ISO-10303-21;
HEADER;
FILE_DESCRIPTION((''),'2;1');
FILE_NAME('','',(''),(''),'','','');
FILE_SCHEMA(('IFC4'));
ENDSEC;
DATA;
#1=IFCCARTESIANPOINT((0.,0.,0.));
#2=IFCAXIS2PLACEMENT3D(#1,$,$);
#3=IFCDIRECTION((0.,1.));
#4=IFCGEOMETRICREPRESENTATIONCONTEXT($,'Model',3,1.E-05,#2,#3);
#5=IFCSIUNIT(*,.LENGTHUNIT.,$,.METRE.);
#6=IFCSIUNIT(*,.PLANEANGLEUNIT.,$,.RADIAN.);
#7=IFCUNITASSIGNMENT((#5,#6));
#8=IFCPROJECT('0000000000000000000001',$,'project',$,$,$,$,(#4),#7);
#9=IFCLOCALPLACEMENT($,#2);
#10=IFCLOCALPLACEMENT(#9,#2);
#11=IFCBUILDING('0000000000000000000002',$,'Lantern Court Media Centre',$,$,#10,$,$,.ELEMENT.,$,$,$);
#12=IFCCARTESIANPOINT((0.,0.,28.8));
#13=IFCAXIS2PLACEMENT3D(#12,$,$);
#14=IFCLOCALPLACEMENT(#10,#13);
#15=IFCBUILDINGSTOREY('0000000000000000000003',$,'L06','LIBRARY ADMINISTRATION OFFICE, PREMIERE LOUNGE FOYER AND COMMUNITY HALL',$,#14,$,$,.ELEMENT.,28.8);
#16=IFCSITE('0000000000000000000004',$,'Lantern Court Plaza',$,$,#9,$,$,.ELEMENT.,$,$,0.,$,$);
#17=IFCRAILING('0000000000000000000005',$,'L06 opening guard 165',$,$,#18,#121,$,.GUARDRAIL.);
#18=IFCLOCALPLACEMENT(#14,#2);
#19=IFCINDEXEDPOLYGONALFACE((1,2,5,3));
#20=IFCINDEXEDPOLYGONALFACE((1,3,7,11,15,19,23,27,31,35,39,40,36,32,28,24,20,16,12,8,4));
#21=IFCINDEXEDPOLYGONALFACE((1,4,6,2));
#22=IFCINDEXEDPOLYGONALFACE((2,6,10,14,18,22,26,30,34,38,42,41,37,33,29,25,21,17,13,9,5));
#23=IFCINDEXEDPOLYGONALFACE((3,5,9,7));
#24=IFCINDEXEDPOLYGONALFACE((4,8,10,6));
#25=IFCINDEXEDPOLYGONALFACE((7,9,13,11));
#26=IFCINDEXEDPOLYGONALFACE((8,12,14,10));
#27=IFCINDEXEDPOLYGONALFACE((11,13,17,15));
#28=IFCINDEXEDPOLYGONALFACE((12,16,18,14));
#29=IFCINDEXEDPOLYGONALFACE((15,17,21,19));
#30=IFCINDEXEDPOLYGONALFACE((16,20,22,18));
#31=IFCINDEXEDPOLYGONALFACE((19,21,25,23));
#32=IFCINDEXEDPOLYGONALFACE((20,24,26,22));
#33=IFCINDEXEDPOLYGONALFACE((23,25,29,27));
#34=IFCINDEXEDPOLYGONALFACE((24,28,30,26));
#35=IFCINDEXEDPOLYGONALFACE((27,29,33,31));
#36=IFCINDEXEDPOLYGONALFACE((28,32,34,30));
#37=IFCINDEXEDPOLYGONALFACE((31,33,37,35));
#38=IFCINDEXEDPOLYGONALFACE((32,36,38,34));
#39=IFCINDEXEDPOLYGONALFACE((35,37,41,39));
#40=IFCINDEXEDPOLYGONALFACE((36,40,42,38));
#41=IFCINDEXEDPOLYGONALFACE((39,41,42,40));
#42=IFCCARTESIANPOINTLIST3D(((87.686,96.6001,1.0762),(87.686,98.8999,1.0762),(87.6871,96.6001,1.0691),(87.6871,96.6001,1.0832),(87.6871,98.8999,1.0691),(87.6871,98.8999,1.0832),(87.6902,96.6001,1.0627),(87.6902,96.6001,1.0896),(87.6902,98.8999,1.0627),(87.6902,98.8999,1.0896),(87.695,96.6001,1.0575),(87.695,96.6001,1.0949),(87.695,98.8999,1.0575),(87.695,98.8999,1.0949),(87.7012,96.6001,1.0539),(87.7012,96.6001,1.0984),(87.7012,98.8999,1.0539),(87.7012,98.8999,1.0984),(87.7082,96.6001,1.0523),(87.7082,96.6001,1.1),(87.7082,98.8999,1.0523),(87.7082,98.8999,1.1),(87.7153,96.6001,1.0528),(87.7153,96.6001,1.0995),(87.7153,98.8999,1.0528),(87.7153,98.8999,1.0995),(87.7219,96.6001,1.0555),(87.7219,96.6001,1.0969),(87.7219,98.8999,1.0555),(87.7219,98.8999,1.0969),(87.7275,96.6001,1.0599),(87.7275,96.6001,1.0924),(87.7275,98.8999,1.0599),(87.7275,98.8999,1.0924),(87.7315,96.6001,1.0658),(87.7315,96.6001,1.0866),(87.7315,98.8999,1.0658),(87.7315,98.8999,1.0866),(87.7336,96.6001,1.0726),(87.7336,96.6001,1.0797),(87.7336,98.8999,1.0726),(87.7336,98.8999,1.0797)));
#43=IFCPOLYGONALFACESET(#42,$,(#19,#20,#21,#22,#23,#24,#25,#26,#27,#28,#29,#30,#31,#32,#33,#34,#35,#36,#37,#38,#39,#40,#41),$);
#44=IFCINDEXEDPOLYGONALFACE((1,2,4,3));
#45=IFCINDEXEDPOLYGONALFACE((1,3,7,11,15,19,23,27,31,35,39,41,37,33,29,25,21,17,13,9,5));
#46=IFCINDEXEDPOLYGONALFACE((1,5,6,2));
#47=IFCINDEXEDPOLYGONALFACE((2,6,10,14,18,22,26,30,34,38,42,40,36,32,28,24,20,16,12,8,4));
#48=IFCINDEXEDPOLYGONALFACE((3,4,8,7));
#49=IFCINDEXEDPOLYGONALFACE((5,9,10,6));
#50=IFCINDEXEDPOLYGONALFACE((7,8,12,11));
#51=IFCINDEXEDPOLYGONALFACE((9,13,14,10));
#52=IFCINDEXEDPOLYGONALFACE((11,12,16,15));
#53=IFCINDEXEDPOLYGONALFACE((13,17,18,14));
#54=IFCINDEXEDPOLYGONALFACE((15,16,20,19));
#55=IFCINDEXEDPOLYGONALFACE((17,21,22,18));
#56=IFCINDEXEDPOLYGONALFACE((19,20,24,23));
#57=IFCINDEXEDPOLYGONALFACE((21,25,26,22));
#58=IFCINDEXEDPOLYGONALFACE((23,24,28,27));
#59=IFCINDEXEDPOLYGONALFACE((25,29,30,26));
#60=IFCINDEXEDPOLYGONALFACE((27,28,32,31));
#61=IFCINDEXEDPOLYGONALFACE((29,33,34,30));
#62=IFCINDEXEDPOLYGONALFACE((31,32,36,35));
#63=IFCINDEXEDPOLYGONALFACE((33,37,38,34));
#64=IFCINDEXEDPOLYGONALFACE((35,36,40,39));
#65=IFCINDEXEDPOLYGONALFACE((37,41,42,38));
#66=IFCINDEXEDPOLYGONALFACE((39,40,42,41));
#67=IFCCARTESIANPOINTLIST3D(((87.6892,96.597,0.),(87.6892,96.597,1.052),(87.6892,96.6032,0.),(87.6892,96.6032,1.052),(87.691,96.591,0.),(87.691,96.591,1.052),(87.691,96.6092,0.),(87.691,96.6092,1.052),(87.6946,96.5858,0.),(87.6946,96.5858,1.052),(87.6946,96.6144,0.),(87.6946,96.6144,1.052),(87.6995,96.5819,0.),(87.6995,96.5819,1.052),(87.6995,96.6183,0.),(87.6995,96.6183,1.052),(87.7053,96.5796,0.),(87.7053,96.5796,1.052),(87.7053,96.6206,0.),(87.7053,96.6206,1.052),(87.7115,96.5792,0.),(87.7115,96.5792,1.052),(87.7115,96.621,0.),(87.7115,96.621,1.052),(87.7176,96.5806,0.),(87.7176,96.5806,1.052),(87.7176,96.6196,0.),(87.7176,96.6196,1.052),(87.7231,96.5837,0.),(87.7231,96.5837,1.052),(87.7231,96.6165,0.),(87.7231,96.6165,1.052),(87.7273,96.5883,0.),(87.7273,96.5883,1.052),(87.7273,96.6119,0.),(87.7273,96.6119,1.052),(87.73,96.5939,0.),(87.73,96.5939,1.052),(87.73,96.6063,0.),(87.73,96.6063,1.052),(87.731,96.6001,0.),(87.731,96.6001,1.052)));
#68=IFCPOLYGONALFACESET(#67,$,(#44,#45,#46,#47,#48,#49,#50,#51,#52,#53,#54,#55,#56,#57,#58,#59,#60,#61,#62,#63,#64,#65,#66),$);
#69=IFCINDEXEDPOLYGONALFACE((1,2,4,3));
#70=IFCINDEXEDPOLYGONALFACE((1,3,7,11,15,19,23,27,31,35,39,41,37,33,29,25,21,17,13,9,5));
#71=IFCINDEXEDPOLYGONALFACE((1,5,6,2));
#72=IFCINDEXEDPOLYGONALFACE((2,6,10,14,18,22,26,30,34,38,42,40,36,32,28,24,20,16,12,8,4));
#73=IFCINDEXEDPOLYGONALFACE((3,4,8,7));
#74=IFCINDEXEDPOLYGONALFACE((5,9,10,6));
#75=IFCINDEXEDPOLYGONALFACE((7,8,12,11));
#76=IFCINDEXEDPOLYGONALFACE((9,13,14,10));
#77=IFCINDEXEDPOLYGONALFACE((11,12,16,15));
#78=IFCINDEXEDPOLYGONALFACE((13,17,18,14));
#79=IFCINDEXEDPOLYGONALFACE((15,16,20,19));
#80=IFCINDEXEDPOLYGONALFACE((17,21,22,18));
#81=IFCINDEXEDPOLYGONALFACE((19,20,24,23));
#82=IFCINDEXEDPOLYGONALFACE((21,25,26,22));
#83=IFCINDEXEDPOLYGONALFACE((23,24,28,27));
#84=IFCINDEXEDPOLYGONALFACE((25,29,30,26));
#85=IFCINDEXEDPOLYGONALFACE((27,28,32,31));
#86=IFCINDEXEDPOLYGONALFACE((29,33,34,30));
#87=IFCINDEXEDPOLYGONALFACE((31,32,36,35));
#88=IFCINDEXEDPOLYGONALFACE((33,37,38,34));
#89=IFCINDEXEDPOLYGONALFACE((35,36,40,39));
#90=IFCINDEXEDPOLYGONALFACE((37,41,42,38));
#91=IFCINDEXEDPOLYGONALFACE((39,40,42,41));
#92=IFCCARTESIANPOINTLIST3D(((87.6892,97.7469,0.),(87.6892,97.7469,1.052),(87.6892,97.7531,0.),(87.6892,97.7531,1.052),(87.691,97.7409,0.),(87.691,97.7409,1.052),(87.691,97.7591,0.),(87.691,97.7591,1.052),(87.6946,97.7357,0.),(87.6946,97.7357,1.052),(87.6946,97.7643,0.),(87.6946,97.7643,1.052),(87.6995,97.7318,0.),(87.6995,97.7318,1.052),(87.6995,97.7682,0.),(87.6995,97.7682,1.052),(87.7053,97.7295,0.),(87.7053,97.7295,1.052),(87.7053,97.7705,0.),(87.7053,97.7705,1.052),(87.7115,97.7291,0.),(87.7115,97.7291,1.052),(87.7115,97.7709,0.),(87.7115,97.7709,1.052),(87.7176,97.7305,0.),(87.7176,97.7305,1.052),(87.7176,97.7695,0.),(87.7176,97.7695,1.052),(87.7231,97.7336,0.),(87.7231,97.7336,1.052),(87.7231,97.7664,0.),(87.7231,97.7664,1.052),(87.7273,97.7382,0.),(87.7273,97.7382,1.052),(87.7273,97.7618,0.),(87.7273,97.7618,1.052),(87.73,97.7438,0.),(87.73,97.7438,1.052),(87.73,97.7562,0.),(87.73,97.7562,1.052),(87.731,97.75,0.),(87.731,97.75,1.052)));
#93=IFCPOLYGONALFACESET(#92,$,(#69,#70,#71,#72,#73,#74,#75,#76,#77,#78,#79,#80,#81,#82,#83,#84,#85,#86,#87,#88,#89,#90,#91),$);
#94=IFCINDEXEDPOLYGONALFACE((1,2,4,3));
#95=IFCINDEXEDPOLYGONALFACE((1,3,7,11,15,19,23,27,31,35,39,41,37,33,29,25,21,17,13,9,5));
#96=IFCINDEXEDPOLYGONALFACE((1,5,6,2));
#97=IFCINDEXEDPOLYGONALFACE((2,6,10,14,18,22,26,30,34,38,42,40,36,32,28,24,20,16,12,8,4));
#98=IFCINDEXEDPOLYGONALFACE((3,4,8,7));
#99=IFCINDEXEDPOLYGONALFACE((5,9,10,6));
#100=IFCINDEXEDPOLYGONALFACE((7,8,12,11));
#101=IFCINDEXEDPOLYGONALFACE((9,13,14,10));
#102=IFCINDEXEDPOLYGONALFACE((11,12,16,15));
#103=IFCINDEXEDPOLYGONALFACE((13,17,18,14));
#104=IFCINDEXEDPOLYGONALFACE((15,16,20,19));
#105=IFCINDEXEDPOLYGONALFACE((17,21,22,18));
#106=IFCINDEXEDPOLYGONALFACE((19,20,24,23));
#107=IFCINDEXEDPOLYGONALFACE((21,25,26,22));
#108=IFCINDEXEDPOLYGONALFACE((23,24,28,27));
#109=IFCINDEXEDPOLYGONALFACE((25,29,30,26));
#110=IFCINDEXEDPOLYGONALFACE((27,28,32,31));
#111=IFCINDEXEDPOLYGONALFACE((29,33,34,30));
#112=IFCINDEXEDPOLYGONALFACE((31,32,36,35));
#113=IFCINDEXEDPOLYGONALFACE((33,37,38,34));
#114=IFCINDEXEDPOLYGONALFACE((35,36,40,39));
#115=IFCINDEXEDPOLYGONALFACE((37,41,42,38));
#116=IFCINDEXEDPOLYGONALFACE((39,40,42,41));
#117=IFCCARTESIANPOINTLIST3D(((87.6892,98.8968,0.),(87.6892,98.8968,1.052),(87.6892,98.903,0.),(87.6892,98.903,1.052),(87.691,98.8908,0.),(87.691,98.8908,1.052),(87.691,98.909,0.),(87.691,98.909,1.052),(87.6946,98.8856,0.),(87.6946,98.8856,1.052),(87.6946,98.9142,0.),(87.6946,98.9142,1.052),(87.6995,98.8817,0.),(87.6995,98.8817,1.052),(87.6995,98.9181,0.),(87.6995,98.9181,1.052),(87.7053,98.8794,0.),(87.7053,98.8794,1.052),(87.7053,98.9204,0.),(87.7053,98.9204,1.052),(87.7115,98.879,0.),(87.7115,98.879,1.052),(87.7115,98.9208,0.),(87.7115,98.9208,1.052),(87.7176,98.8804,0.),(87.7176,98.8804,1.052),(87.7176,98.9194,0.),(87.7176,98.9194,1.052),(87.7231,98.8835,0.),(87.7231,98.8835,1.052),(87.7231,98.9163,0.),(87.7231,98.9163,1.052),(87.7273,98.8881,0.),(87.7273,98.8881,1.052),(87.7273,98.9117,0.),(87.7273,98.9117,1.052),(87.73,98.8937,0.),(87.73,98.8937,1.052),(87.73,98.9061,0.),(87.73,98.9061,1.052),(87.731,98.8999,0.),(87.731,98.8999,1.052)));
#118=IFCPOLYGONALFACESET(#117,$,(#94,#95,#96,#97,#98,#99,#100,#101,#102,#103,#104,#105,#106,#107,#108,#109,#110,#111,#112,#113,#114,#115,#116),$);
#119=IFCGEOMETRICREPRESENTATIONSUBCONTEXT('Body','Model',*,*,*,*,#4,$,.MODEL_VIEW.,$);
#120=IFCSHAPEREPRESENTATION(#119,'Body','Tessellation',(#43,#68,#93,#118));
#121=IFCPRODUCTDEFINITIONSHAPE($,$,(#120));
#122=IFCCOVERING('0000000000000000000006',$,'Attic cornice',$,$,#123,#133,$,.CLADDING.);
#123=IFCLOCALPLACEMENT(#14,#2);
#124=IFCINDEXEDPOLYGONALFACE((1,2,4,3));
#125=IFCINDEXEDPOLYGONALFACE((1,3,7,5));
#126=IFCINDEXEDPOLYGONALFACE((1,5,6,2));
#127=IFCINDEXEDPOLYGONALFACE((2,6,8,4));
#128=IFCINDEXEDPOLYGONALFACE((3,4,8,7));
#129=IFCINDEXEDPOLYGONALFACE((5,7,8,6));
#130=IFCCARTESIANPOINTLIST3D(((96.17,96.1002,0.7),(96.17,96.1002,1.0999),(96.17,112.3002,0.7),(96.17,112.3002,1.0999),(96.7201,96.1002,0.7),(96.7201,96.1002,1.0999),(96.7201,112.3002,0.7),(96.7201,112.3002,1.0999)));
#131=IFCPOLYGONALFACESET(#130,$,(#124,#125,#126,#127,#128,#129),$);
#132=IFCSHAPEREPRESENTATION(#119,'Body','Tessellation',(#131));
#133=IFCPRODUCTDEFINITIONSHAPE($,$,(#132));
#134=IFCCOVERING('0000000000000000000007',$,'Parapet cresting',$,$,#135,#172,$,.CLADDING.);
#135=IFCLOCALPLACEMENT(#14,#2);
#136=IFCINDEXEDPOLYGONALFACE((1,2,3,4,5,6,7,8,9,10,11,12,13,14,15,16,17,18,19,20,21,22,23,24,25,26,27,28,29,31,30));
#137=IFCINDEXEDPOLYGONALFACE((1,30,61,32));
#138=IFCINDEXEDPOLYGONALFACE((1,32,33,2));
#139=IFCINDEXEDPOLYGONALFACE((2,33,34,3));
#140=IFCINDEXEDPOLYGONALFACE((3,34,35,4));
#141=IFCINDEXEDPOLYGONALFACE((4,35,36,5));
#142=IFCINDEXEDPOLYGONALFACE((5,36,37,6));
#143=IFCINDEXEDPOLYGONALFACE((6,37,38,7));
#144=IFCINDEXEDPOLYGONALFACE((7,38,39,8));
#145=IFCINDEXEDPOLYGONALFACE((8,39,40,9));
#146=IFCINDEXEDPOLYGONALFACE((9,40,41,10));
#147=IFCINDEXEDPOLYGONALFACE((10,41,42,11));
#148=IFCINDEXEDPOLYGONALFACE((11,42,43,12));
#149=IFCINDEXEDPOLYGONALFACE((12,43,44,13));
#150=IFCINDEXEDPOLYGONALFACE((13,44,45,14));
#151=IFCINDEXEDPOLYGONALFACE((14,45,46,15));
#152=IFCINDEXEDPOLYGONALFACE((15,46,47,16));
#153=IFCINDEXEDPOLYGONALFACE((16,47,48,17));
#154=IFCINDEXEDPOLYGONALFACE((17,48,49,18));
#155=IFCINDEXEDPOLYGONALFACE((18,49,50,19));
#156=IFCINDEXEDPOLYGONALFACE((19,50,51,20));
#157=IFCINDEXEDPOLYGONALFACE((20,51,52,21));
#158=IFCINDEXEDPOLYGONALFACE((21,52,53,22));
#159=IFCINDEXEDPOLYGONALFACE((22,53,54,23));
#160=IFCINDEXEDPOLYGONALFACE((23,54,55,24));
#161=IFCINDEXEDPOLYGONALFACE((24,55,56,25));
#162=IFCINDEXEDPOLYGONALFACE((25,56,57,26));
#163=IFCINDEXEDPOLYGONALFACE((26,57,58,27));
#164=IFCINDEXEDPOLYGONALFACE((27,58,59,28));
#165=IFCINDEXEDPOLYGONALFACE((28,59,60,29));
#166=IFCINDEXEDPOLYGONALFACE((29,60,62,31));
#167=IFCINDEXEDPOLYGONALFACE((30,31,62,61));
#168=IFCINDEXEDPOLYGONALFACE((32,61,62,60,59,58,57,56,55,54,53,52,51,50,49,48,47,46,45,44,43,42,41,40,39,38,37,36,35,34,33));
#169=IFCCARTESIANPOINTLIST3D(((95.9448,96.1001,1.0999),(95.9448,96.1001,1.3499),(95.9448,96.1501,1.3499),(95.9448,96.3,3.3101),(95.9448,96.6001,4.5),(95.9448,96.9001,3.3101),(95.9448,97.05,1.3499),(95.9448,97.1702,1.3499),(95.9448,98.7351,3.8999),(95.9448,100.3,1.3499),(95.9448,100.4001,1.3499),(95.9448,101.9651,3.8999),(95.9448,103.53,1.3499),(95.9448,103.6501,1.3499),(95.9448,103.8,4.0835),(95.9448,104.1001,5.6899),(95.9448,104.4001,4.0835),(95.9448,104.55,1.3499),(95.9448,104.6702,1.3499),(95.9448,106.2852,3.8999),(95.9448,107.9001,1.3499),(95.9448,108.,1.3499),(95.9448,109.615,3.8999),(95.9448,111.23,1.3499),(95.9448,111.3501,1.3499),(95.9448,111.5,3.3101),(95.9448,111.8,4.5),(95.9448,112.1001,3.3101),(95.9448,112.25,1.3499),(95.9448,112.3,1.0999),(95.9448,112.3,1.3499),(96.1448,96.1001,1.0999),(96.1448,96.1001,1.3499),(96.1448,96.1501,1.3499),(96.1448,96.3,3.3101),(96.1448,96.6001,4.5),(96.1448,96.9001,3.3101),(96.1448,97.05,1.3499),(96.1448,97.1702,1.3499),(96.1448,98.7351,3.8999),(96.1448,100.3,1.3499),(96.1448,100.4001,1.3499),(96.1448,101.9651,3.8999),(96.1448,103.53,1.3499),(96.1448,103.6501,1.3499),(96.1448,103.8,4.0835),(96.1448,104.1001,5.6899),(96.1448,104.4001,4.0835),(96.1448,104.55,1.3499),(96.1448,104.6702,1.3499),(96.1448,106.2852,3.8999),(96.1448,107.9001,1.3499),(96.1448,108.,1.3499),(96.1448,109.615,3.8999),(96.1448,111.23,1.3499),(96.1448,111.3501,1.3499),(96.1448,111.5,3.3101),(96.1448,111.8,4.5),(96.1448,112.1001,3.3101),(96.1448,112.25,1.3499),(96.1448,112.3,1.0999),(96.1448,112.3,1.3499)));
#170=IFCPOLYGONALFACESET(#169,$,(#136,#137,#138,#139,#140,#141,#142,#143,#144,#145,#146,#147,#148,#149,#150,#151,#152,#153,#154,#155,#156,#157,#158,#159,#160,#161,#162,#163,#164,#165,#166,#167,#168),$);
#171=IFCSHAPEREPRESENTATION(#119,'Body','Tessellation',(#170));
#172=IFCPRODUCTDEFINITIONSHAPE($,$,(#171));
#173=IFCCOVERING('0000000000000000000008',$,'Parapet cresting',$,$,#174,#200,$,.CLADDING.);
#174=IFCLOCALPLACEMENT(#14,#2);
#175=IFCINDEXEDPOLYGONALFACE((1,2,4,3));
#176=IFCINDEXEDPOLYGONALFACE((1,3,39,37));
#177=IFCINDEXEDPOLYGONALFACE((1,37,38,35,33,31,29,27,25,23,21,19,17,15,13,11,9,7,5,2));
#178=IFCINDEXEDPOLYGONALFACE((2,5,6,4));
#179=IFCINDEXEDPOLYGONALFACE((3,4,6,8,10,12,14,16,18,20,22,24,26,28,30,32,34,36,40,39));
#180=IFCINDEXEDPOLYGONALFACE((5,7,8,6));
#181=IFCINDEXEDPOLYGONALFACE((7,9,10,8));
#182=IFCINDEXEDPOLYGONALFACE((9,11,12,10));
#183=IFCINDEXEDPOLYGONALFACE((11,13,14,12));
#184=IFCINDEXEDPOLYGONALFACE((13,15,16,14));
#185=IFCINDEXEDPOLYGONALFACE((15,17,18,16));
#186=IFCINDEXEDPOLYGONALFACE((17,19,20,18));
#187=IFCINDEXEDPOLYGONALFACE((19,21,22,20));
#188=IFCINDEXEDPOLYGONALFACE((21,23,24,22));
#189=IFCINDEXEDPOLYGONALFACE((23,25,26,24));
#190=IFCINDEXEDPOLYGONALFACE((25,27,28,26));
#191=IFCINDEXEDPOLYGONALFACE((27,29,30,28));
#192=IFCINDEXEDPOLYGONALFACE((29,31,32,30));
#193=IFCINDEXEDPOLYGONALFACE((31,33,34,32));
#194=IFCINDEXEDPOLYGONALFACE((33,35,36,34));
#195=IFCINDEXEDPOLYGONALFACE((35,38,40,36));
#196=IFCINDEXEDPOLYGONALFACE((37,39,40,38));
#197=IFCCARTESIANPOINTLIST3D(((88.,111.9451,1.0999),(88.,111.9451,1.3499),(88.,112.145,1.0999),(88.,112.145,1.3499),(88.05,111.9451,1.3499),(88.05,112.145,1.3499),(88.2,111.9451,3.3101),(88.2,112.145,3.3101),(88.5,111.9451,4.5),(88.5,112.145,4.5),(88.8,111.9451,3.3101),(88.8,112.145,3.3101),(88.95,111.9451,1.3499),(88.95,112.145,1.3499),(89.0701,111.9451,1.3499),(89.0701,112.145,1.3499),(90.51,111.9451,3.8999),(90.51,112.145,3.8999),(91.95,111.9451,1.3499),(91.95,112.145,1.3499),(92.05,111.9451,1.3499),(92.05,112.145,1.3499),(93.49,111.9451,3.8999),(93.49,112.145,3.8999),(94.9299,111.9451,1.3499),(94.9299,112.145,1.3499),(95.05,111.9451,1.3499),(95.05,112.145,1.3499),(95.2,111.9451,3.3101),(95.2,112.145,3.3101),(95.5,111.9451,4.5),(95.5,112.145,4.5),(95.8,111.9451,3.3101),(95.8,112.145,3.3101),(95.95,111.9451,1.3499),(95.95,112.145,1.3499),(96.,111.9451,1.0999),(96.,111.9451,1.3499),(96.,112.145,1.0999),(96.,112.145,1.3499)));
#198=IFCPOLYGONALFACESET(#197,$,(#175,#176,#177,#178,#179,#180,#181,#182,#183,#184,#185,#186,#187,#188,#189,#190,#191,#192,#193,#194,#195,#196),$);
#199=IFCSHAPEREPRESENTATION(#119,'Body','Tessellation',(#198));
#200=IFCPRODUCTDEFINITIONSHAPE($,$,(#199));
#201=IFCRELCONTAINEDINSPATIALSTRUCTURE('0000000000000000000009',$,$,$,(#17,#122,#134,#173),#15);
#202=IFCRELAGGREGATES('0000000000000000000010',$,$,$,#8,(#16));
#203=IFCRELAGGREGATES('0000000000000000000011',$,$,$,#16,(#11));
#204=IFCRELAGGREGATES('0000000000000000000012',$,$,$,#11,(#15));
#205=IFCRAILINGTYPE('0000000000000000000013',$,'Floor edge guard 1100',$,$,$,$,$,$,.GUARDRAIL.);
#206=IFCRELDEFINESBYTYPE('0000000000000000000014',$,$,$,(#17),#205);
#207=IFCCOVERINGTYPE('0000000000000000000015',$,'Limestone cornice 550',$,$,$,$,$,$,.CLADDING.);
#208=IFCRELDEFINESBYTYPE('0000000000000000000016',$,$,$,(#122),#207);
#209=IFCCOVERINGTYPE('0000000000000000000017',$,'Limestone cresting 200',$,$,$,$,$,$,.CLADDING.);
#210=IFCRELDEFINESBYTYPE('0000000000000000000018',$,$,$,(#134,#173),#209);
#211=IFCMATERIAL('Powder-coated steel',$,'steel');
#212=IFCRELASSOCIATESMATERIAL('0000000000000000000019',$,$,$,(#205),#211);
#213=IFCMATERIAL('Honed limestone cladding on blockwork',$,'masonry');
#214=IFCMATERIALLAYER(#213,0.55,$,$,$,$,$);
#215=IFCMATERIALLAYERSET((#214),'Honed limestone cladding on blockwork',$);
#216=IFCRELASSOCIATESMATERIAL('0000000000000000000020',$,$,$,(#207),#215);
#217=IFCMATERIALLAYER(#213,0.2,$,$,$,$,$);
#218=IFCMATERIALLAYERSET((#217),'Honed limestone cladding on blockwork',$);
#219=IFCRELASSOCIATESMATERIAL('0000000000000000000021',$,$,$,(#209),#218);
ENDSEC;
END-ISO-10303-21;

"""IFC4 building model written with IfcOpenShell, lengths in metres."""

from ifc_helpers import new_model, si_unit, direction, frame, frame_2d, origin, origin_2d, place, context, subcontext, project, spatial, polyline, rectangle, circle, outline, extrude, material, layer, layer_set, type_object, element, save


model = new_model("IFC4")

# Units and contexts
model_context = context("Model", 3, precision=1e-05, world=origin(), true_north=direction((0.0, 1.0)))
body_context = subcontext(model_context, "Body", "Model", "MODEL_VIEW")
ifc_project = project(units=[si_unit("LENGTHUNIT", "METRE"), si_unit("PLANEANGLEUNIT", "RADIAN")], contexts=[model_context])

# Site, building, storey
site_placement = place(None, origin())
site = spatial("IfcSite", under=ifc_project, at=site_placement, Name="Lantern Court Plaza", CompositionType="ELEMENT", RefElevation=0.0)
building_placement = place(site_placement, origin())
building = spatial("IfcBuilding", under=site, at=building_placement, Name="Lantern Court Media Centre", CompositionType="ELEMENT")
storey_placement = place(building_placement, frame((0.0, 0.0, 28.8)))
storey = spatial("IfcBuildingStorey", under=building, at=storey_placement, Name="L06", Description="LIBRARY ADMINISTRATION OFFICE, PREMIERE LOUNGE FOYER AND COMMUNITY HALL", CompositionType="ELEMENT", Elevation=28.8)

# Shared definitions
ifc_material_1 = material(Name="Honed limestone cladding on blockwork", Category="masonry")

# Railing
ifc_material_2 = material(Name="Powder-coated steel", Category="steel")
railing_type = type_object("IfcRailingType", Name="Floor edge guard 1100", PredefinedType="GUARDRAIL", material=ifc_material_2)
railing_1_placement = place(storey_placement, frame((87.71, 96.6001, 0.0)))
element("IfcRailing", 1, at=railing_1_placement, inside=storey, type_object=railing_type, Name="L06 opening guard 165", PredefinedType="GUARDRAIL", context=body_context, shape_type="SweptSolid", body=[
    extrude(circle(Radius=0.0239, at=origin_2d()), frame((0.0, 0.0, 1.0762), z_axis=(0.0, 1.0, 0.0), x_axis=(-1.0, 0.0, 0.0)), (0.0, 0.0, 1.0), 2.2998),
    extrude(circle(Radius=0.021, at=origin_2d()), origin(), (0.0, 0.0, 1.0), 1.052),
    extrude(circle(Radius=0.021, at=origin_2d()), frame((0.0, 1.1499, 0.0)), (0.0, 0.0, 1.0), 1.052),
    extrude(circle(Radius=0.021, at=origin_2d()), frame((0.0, 2.2998, 0.0)), (0.0, 0.0, 1.0), 1.052),
])

# Coverings
ifc_layer_1 = layer(ifc_material_1, 0.55)
ifc_layer_set_1 = layer_set([ifc_layer_1], Name="Honed limestone cladding on blockwork")
covering_type_1 = type_object("IfcCoveringType", Name="Limestone cornice 550", PredefinedType="CLADDING", material=ifc_layer_set_1)
covering_1_placement = place(storey_placement, frame((96.4451, 96.1001, 0.7), z_axis=(0.0, 0.0, 1.0), x_axis=(0.0, 1.0, 0.0)))
element("IfcCovering", 2, at=covering_1_placement, inside=storey, type_object=covering_type_1, Name="Attic cornice", PredefinedType="CLADDING", context=body_context, shape_type="SweptSolid", body=[
    extrude(rectangle(XDim=16.2, YDim=0.55, at=frame_2d((8.1001, 0.0))), origin(), (0.0, 0.0, 1.0), 0.3999),
])
ifc_layer_2 = layer(ifc_material_1, 0.2)
ifc_layer_set_2 = layer_set([ifc_layer_2], Name="Honed limestone cladding on blockwork")
covering_type_2 = type_object("IfcCoveringType", Name="Limestone cresting 200", PredefinedType="CLADDING", material=ifc_layer_set_2)
covering_2_placement = place(storey_placement, frame((96.0449, 96.1001, 1.0999), z_axis=(0.0, 0.0, 1.0), x_axis=(0.0, 1.0, 0.0)))
element("IfcCovering", 3, at=covering_2_placement, inside=storey, type_object=covering_type_2, Name="Parapet cresting", PredefinedType="CLADDING", context=body_context, shape_type="SweptSolid", body=[
    extrude(outline(polyline([(0.0, 0.0), (16.2, 0.0), (16.2, 0.25), (16.1499, 0.25), (16.0, 2.2102), (15.7, 3.4001), (15.3999, 2.2102), (15.25, 0.25), (15.1299, 0.25), (13.5149, 2.8), (11.8999, 0.25), (11.8, 0.25), (10.1851, 2.8), (8.5701, 0.25), (8.45, 0.25), (8.3, 2.9836), (8.0, 4.5901), (7.7, 2.9836), (7.55, 0.25), (7.4299, 0.25), (5.865, 2.8), (4.3, 0.25), (4.2, 0.25), (2.635, 2.8), (1.0701, 0.25), (0.95, 0.25), (0.8, 2.2102), (0.5, 3.4001), (0.2, 2.2102), (0.05, 0.25), (0.0, 0.25), (0.0, 0.0)])), frame((0.0, 0.1001, 0.0), z_axis=(0.0, -1.0, 0.0), x_axis=(1.0, 0.0, 0.0)), (0.0, 0.0, 1.0), 0.2),
])
covering_3_placement = place(storey_placement, frame((88.0, 112.0449, 1.0999), z_axis=(0.0, 0.0, 1.0), x_axis=(1.0, 0.0, 0.0)))
element("IfcCovering", 4, at=covering_3_placement, inside=storey, type_object=covering_type_2, Name="Parapet cresting", PredefinedType="CLADDING", context=body_context, shape_type="SweptSolid", body=[
    extrude(outline(polyline([(0.0, 0.0), (8.0, 0.0), (8.0, 0.25), (7.95, 0.25), (7.8, 2.2102), (7.5, 3.4001), (7.2, 2.2102), (7.05, 0.25), (6.9299, 0.25), (5.49, 2.8), (4.05, 0.25), (3.95, 0.25), (2.51, 2.8), (1.0701, 0.25), (0.95, 0.25), (0.8, 2.2102), (0.5, 3.4001), (0.2, 2.2102), (0.05, 0.25), (0.0, 0.25), (0.0, 0.0)])), frame((0.0, 0.1001, 0.0), z_axis=(0.0, -1.0, 0.0), x_axis=(1.0, 0.0, 0.0)), (0.0, 0.0, 1.0), 0.2),
])

save(model, "model.ifc")
